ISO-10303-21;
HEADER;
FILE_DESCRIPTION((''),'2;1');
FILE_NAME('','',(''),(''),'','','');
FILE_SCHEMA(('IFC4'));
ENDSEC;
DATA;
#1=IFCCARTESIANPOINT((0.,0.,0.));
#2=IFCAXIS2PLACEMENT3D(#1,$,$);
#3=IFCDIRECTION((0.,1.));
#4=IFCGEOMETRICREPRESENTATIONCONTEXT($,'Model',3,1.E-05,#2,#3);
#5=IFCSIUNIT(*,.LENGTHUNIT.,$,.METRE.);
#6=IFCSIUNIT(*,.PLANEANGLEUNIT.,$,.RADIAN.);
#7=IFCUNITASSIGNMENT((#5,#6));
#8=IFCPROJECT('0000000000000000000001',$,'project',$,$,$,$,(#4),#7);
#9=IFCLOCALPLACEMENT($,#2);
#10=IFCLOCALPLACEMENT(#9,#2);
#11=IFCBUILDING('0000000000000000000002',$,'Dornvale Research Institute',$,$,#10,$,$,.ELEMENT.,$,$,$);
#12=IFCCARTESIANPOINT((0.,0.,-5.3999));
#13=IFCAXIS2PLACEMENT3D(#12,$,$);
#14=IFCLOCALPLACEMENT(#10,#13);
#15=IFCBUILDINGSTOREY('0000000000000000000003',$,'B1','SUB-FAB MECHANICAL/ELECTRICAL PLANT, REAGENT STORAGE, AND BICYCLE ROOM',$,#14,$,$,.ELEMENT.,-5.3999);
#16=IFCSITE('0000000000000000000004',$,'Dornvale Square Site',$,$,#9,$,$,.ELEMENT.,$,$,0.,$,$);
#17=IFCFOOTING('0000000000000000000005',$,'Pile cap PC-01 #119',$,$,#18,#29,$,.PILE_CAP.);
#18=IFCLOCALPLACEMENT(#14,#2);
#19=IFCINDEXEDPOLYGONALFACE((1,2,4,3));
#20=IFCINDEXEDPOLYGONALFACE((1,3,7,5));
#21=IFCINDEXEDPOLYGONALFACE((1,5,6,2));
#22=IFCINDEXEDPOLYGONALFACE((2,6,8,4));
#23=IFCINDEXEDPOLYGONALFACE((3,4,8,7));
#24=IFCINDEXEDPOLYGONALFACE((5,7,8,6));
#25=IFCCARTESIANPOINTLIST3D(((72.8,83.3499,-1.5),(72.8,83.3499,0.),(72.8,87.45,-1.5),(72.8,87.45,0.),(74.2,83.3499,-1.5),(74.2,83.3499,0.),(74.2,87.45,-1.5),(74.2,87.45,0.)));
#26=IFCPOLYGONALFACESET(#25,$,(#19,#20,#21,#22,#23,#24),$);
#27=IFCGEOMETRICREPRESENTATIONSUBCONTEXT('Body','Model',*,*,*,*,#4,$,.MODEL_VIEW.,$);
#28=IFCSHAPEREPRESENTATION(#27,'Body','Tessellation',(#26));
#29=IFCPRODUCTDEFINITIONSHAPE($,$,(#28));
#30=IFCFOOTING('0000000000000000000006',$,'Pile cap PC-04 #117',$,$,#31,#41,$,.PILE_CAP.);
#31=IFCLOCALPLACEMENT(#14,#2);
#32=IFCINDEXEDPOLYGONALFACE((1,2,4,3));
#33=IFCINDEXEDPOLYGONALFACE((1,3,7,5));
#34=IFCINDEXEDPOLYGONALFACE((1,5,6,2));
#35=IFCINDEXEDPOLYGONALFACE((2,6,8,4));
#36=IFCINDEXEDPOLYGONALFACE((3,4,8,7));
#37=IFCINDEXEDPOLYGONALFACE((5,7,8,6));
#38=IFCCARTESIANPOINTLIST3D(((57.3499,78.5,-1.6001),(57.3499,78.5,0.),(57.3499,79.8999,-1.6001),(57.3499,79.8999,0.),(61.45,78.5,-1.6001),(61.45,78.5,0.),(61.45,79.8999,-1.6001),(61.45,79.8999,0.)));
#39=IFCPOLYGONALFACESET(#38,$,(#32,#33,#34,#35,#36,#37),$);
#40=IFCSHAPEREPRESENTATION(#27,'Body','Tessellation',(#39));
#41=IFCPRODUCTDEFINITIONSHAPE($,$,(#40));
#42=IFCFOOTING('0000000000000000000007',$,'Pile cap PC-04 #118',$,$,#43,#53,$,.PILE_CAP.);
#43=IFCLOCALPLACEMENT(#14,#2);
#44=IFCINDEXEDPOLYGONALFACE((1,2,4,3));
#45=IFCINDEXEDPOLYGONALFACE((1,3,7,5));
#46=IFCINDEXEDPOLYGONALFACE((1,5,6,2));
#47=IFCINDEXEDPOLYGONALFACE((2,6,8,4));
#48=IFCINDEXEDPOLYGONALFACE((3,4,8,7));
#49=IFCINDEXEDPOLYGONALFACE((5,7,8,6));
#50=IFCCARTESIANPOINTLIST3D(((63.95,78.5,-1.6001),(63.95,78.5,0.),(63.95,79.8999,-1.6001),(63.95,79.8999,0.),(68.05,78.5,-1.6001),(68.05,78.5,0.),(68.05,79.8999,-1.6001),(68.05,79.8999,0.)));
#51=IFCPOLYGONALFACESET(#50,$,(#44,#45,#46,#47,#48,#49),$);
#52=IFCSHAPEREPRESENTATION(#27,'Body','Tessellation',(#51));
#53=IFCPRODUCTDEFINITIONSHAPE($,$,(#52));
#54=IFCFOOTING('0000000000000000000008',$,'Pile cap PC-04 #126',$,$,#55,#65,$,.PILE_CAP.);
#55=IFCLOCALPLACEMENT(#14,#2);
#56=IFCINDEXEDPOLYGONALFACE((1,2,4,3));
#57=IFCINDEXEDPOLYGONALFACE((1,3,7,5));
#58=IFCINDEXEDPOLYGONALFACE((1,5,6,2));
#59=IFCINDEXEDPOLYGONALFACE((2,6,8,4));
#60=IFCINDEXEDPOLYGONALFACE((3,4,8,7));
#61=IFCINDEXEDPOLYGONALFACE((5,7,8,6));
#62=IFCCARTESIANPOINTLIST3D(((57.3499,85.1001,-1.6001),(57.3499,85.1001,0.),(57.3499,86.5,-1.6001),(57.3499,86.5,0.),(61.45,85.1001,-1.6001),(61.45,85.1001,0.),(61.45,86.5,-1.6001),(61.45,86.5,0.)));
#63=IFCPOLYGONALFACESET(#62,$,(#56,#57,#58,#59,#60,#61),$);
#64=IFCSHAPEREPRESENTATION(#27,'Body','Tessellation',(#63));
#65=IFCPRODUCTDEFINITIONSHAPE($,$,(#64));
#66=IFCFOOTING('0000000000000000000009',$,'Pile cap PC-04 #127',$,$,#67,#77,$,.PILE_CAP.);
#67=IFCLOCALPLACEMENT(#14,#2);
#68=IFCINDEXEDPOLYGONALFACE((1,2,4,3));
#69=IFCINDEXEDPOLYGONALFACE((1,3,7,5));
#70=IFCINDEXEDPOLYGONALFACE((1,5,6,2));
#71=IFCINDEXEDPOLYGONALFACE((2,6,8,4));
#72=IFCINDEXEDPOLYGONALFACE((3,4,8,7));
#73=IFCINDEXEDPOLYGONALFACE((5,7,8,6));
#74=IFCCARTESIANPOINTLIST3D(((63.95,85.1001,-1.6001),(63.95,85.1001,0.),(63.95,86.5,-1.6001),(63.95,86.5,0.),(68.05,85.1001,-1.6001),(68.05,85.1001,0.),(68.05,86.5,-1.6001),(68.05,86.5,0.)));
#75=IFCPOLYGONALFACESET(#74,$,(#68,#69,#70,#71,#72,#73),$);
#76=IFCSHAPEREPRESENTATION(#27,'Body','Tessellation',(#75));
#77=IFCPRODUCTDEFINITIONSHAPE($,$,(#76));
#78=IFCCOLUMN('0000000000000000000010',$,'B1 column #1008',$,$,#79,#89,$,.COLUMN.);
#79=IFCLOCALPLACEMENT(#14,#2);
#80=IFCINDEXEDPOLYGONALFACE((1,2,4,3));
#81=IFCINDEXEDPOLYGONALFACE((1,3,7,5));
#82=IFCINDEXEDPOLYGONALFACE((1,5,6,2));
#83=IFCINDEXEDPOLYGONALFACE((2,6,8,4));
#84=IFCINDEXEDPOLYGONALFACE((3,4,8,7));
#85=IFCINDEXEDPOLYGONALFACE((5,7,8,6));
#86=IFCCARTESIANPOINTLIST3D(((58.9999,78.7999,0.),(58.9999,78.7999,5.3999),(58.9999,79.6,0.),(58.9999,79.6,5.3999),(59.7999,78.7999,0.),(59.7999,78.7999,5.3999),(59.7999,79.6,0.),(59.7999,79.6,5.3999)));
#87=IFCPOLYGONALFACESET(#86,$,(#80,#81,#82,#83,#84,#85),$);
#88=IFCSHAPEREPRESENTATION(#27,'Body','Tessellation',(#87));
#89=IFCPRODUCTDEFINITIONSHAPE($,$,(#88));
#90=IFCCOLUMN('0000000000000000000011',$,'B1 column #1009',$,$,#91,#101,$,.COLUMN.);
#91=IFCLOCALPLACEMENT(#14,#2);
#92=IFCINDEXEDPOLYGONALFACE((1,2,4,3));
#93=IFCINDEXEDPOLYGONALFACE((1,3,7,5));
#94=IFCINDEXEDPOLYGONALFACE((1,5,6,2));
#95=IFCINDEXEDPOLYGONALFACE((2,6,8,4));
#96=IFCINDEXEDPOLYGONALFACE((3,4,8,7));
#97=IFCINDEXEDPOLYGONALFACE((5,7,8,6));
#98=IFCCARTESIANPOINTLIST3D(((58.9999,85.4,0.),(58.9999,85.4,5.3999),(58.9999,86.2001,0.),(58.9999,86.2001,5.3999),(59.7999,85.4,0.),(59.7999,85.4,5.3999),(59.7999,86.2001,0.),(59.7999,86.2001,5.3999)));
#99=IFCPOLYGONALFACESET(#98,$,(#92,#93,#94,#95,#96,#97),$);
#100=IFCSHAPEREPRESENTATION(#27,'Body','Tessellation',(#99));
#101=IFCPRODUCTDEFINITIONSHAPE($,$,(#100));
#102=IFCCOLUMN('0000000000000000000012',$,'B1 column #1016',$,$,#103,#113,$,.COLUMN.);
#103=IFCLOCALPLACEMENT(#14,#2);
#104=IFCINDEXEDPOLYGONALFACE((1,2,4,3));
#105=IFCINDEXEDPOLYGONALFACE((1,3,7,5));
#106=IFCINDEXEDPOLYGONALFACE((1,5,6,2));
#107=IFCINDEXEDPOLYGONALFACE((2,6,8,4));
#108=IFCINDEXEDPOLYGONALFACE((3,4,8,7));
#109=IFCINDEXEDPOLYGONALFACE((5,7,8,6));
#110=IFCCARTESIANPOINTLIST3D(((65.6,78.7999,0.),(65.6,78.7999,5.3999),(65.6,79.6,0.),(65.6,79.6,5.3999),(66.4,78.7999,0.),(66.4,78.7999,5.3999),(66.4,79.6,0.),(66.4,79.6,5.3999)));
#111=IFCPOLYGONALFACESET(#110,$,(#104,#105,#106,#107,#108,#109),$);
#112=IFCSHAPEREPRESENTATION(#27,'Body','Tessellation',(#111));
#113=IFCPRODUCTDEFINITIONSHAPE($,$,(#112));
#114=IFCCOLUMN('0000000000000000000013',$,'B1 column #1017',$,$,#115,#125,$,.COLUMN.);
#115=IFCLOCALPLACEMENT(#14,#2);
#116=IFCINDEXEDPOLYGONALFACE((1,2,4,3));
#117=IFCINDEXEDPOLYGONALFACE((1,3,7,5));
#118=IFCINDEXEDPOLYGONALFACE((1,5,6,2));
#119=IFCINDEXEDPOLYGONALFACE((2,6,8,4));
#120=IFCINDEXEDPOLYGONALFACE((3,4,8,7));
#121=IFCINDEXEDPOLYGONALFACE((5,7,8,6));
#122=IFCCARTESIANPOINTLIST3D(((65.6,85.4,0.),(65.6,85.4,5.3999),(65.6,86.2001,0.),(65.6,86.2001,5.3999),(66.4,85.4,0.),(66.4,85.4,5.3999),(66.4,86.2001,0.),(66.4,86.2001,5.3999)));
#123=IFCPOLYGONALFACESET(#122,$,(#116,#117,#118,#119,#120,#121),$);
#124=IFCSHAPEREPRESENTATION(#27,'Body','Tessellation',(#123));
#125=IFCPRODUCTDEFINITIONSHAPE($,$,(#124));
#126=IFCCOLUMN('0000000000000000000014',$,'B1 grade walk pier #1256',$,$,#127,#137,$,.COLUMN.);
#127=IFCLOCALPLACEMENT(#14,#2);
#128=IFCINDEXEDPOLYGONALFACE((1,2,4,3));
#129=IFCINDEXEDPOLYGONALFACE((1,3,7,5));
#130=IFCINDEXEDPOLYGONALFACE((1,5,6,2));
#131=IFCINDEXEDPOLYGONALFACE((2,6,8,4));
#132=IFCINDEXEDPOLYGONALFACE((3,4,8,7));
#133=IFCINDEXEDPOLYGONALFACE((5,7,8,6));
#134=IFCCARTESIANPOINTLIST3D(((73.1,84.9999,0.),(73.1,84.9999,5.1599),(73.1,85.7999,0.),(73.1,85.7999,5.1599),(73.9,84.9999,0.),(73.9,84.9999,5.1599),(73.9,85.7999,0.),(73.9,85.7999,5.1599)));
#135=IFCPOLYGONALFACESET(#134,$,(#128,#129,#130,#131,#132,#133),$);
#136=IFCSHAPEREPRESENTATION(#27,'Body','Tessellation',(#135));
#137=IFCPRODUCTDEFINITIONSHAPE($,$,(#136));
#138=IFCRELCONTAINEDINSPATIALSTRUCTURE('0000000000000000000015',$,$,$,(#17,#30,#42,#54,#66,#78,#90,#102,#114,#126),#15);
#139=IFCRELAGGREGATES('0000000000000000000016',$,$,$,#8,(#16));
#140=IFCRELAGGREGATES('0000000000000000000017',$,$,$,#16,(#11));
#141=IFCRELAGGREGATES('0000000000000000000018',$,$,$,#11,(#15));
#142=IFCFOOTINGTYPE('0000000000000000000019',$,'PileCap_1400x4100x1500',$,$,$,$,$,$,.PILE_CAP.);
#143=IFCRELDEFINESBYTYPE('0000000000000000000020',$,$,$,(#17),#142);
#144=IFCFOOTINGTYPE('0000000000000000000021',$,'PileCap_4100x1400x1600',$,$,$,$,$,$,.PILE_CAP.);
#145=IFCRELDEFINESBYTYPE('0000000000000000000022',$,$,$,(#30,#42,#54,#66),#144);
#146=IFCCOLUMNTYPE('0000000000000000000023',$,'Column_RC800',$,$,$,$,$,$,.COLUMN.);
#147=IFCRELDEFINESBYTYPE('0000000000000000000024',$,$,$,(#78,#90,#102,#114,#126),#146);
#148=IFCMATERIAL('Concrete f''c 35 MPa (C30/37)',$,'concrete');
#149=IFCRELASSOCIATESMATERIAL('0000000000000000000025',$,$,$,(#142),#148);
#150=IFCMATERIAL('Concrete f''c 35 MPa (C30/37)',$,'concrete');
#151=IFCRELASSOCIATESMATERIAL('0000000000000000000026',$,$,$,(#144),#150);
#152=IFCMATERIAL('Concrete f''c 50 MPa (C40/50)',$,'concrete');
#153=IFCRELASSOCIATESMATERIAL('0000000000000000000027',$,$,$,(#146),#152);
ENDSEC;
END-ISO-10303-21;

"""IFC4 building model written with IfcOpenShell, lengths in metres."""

from ifc_helpers import new_model, si_unit, direction, frame, origin, origin_2d, place, context, subcontext, project, spatial, rectangle, extrude, material, material_profile, profile_set, type_object, element, save


model = new_model("IFC4")

# Units and contexts
model_context = context("Model", 3, precision=1e-05, world=origin(), true_north=direction((0.0, 1.0)))
body_context = subcontext(model_context, "Body", "Model", "MODEL_VIEW")
ifc_project = project(units=[si_unit("LENGTHUNIT", "METRE"), si_unit("PLANEANGLEUNIT", "RADIAN")], contexts=[model_context])

# Site, building, storey
site_placement = place(None, origin())
site = spatial("IfcSite", under=ifc_project, at=site_placement, Name="Dornvale Square Site", CompositionType="ELEMENT", RefElevation=0.0)
building_placement = place(site_placement, origin())
building = spatial("IfcBuilding", under=site, at=building_placement, Name="Dornvale Research Institute", CompositionType="ELEMENT")
storey_placement = place(building_placement, frame((0.0, 0.0, -5.3999)))
storey = spatial("IfcBuildingStorey", under=building, at=storey_placement, Name="B1", Description="SUB-FAB MECHANICAL/ELECTRICAL PLANT, REAGENT STORAGE, AND BICYCLE ROOM", CompositionType="ELEMENT", Elevation=-5.3999)

# Footings
ifc_material_1 = material(Name="Concrete f'c 35 MPa (C30/37)", Category="concrete")
footing_type_1 = type_object("IfcFootingType", Name="PileCap_1400x4100x1500", PredefinedType="PILE_CAP", material=ifc_material_1)
footing_placement = place(storey_placement, frame((73.5, 85.3999, -1.5), z_axis=(0.0, 0.0, 1.0), x_axis=(1.0, 0.0, 0.0)))
element("IfcFooting", 1, at=footing_placement, inside=storey, type_object=footing_type_1, Name="Pile cap PC-01 #119", PredefinedType="PILE_CAP", context=body_context, shape_type="SweptSolid", body=[
    extrude(rectangle(XDim=1.3999, YDim=4.1001, at=origin_2d()), origin(), (0.0, 0.0, 1.0), 1.5),
])
ifc_material_2 = material(Name="Concrete f'c 35 MPa (C30/37)", Category="concrete")
footing_type_2 = type_object("IfcFootingType", Name="PileCap_4100x1400x1600", PredefinedType="PILE_CAP", material=ifc_material_2)
for number, where, z_axis, x_axis, name in (
    (2, (59.3999, 79.2, -1.6001), (0.0, 0.0, 1.0), (1.0, 0.0, 0.0), "Pile cap PC-04 #117"),
    (3, (66.0, 79.2, -1.6001), (0.0, 0.0, 1.0), (1.0, 0.0, 0.0), "Pile cap PC-04 #118"),
    (4, (59.3999, 85.8, -1.6001), (0.0, 0.0, 1.0), (1.0, 0.0, 0.0), "Pile cap PC-04 #126"),
    (5, (66.0, 85.8, -1.6001), (0.0, 0.0, 1.0), (1.0, 0.0, 0.0), "Pile cap PC-04 #127"),
):
    element("IfcFooting", number, at=place(storey_placement, frame(where, z_axis=z_axis, x_axis=x_axis)), inside=storey, type_object=footing_type_2, Name=name, PredefinedType="PILE_CAP", context=body_context, shape_type="SweptSolid", body=[
        extrude(rectangle(XDim=4.1001, YDim=1.3999, at=origin_2d()), origin(), (0.0, 0.0, 1.0), 1.6001),
    ])

# Columns
ifc_material_3 = material(Name="Concrete f'c 50 MPa (C40/50)", Category="concrete")
ifc_material_profile_1 = material_profile(ifc_material_3, rectangle(XDim=0.8, YDim=0.8, at=origin_2d()), Name="RC 800x800")
ifc_profile_set_1 = profile_set([ifc_material_profile_1], Name="Concrete f'c 50 MPa (C40/50)")
column_type = type_object("IfcColumnType", Name="Column_RC800", PredefinedType="COLUMN", material=ifc_profile_set_1)
for number, where, z_axis, x_axis, name in (
    (6, (59.3999, 79.2, 0.0), (0.0, 0.0, 1.0), (1.0, 0.0, 0.0), "B1 column #1008"),
    (7, (59.3999, 85.8, 0.0), (0.0, 0.0, 1.0), (1.0, 0.0, 0.0), "B1 column #1009"),
    (8, (66.0, 79.2, 0.0), (0.0, 0.0, 1.0), (1.0, 0.0, 0.0), "B1 column #1016"),
    (9, (66.0, 85.8, 0.0), (0.0, 0.0, 1.0), (1.0, 0.0, 0.0), "B1 column #1017"),
):
    element("IfcColumn", number, at=place(storey_placement, frame(where, z_axis=z_axis, x_axis=x_axis)), inside=storey, type_object=column_type, Name=name, PredefinedType="COLUMN", context=body_context, shape_type="SweptSolid", body=[
        extrude(rectangle(XDim=0.8, YDim=0.8, at=origin_2d()), origin(), (0.0, 0.0, 1.0), 5.3999),
    ])
column_placement = place(storey_placement, frame((73.5, 85.3999, 0.0), z_axis=(0.0, 0.0, 1.0), x_axis=(1.0, 0.0, 0.0)))
element("IfcColumn", 10, at=column_placement, inside=storey, type_object=column_type, Name="B1 grade walk pier #1256", PredefinedType="COLUMN", context=body_context, shape_type="SweptSolid", body=[
    extrude(rectangle(XDim=0.8, YDim=0.8, at=origin_2d()), origin(), (0.0, 0.0, 1.0), 5.1599),
])

save(model, "model.ifc")
